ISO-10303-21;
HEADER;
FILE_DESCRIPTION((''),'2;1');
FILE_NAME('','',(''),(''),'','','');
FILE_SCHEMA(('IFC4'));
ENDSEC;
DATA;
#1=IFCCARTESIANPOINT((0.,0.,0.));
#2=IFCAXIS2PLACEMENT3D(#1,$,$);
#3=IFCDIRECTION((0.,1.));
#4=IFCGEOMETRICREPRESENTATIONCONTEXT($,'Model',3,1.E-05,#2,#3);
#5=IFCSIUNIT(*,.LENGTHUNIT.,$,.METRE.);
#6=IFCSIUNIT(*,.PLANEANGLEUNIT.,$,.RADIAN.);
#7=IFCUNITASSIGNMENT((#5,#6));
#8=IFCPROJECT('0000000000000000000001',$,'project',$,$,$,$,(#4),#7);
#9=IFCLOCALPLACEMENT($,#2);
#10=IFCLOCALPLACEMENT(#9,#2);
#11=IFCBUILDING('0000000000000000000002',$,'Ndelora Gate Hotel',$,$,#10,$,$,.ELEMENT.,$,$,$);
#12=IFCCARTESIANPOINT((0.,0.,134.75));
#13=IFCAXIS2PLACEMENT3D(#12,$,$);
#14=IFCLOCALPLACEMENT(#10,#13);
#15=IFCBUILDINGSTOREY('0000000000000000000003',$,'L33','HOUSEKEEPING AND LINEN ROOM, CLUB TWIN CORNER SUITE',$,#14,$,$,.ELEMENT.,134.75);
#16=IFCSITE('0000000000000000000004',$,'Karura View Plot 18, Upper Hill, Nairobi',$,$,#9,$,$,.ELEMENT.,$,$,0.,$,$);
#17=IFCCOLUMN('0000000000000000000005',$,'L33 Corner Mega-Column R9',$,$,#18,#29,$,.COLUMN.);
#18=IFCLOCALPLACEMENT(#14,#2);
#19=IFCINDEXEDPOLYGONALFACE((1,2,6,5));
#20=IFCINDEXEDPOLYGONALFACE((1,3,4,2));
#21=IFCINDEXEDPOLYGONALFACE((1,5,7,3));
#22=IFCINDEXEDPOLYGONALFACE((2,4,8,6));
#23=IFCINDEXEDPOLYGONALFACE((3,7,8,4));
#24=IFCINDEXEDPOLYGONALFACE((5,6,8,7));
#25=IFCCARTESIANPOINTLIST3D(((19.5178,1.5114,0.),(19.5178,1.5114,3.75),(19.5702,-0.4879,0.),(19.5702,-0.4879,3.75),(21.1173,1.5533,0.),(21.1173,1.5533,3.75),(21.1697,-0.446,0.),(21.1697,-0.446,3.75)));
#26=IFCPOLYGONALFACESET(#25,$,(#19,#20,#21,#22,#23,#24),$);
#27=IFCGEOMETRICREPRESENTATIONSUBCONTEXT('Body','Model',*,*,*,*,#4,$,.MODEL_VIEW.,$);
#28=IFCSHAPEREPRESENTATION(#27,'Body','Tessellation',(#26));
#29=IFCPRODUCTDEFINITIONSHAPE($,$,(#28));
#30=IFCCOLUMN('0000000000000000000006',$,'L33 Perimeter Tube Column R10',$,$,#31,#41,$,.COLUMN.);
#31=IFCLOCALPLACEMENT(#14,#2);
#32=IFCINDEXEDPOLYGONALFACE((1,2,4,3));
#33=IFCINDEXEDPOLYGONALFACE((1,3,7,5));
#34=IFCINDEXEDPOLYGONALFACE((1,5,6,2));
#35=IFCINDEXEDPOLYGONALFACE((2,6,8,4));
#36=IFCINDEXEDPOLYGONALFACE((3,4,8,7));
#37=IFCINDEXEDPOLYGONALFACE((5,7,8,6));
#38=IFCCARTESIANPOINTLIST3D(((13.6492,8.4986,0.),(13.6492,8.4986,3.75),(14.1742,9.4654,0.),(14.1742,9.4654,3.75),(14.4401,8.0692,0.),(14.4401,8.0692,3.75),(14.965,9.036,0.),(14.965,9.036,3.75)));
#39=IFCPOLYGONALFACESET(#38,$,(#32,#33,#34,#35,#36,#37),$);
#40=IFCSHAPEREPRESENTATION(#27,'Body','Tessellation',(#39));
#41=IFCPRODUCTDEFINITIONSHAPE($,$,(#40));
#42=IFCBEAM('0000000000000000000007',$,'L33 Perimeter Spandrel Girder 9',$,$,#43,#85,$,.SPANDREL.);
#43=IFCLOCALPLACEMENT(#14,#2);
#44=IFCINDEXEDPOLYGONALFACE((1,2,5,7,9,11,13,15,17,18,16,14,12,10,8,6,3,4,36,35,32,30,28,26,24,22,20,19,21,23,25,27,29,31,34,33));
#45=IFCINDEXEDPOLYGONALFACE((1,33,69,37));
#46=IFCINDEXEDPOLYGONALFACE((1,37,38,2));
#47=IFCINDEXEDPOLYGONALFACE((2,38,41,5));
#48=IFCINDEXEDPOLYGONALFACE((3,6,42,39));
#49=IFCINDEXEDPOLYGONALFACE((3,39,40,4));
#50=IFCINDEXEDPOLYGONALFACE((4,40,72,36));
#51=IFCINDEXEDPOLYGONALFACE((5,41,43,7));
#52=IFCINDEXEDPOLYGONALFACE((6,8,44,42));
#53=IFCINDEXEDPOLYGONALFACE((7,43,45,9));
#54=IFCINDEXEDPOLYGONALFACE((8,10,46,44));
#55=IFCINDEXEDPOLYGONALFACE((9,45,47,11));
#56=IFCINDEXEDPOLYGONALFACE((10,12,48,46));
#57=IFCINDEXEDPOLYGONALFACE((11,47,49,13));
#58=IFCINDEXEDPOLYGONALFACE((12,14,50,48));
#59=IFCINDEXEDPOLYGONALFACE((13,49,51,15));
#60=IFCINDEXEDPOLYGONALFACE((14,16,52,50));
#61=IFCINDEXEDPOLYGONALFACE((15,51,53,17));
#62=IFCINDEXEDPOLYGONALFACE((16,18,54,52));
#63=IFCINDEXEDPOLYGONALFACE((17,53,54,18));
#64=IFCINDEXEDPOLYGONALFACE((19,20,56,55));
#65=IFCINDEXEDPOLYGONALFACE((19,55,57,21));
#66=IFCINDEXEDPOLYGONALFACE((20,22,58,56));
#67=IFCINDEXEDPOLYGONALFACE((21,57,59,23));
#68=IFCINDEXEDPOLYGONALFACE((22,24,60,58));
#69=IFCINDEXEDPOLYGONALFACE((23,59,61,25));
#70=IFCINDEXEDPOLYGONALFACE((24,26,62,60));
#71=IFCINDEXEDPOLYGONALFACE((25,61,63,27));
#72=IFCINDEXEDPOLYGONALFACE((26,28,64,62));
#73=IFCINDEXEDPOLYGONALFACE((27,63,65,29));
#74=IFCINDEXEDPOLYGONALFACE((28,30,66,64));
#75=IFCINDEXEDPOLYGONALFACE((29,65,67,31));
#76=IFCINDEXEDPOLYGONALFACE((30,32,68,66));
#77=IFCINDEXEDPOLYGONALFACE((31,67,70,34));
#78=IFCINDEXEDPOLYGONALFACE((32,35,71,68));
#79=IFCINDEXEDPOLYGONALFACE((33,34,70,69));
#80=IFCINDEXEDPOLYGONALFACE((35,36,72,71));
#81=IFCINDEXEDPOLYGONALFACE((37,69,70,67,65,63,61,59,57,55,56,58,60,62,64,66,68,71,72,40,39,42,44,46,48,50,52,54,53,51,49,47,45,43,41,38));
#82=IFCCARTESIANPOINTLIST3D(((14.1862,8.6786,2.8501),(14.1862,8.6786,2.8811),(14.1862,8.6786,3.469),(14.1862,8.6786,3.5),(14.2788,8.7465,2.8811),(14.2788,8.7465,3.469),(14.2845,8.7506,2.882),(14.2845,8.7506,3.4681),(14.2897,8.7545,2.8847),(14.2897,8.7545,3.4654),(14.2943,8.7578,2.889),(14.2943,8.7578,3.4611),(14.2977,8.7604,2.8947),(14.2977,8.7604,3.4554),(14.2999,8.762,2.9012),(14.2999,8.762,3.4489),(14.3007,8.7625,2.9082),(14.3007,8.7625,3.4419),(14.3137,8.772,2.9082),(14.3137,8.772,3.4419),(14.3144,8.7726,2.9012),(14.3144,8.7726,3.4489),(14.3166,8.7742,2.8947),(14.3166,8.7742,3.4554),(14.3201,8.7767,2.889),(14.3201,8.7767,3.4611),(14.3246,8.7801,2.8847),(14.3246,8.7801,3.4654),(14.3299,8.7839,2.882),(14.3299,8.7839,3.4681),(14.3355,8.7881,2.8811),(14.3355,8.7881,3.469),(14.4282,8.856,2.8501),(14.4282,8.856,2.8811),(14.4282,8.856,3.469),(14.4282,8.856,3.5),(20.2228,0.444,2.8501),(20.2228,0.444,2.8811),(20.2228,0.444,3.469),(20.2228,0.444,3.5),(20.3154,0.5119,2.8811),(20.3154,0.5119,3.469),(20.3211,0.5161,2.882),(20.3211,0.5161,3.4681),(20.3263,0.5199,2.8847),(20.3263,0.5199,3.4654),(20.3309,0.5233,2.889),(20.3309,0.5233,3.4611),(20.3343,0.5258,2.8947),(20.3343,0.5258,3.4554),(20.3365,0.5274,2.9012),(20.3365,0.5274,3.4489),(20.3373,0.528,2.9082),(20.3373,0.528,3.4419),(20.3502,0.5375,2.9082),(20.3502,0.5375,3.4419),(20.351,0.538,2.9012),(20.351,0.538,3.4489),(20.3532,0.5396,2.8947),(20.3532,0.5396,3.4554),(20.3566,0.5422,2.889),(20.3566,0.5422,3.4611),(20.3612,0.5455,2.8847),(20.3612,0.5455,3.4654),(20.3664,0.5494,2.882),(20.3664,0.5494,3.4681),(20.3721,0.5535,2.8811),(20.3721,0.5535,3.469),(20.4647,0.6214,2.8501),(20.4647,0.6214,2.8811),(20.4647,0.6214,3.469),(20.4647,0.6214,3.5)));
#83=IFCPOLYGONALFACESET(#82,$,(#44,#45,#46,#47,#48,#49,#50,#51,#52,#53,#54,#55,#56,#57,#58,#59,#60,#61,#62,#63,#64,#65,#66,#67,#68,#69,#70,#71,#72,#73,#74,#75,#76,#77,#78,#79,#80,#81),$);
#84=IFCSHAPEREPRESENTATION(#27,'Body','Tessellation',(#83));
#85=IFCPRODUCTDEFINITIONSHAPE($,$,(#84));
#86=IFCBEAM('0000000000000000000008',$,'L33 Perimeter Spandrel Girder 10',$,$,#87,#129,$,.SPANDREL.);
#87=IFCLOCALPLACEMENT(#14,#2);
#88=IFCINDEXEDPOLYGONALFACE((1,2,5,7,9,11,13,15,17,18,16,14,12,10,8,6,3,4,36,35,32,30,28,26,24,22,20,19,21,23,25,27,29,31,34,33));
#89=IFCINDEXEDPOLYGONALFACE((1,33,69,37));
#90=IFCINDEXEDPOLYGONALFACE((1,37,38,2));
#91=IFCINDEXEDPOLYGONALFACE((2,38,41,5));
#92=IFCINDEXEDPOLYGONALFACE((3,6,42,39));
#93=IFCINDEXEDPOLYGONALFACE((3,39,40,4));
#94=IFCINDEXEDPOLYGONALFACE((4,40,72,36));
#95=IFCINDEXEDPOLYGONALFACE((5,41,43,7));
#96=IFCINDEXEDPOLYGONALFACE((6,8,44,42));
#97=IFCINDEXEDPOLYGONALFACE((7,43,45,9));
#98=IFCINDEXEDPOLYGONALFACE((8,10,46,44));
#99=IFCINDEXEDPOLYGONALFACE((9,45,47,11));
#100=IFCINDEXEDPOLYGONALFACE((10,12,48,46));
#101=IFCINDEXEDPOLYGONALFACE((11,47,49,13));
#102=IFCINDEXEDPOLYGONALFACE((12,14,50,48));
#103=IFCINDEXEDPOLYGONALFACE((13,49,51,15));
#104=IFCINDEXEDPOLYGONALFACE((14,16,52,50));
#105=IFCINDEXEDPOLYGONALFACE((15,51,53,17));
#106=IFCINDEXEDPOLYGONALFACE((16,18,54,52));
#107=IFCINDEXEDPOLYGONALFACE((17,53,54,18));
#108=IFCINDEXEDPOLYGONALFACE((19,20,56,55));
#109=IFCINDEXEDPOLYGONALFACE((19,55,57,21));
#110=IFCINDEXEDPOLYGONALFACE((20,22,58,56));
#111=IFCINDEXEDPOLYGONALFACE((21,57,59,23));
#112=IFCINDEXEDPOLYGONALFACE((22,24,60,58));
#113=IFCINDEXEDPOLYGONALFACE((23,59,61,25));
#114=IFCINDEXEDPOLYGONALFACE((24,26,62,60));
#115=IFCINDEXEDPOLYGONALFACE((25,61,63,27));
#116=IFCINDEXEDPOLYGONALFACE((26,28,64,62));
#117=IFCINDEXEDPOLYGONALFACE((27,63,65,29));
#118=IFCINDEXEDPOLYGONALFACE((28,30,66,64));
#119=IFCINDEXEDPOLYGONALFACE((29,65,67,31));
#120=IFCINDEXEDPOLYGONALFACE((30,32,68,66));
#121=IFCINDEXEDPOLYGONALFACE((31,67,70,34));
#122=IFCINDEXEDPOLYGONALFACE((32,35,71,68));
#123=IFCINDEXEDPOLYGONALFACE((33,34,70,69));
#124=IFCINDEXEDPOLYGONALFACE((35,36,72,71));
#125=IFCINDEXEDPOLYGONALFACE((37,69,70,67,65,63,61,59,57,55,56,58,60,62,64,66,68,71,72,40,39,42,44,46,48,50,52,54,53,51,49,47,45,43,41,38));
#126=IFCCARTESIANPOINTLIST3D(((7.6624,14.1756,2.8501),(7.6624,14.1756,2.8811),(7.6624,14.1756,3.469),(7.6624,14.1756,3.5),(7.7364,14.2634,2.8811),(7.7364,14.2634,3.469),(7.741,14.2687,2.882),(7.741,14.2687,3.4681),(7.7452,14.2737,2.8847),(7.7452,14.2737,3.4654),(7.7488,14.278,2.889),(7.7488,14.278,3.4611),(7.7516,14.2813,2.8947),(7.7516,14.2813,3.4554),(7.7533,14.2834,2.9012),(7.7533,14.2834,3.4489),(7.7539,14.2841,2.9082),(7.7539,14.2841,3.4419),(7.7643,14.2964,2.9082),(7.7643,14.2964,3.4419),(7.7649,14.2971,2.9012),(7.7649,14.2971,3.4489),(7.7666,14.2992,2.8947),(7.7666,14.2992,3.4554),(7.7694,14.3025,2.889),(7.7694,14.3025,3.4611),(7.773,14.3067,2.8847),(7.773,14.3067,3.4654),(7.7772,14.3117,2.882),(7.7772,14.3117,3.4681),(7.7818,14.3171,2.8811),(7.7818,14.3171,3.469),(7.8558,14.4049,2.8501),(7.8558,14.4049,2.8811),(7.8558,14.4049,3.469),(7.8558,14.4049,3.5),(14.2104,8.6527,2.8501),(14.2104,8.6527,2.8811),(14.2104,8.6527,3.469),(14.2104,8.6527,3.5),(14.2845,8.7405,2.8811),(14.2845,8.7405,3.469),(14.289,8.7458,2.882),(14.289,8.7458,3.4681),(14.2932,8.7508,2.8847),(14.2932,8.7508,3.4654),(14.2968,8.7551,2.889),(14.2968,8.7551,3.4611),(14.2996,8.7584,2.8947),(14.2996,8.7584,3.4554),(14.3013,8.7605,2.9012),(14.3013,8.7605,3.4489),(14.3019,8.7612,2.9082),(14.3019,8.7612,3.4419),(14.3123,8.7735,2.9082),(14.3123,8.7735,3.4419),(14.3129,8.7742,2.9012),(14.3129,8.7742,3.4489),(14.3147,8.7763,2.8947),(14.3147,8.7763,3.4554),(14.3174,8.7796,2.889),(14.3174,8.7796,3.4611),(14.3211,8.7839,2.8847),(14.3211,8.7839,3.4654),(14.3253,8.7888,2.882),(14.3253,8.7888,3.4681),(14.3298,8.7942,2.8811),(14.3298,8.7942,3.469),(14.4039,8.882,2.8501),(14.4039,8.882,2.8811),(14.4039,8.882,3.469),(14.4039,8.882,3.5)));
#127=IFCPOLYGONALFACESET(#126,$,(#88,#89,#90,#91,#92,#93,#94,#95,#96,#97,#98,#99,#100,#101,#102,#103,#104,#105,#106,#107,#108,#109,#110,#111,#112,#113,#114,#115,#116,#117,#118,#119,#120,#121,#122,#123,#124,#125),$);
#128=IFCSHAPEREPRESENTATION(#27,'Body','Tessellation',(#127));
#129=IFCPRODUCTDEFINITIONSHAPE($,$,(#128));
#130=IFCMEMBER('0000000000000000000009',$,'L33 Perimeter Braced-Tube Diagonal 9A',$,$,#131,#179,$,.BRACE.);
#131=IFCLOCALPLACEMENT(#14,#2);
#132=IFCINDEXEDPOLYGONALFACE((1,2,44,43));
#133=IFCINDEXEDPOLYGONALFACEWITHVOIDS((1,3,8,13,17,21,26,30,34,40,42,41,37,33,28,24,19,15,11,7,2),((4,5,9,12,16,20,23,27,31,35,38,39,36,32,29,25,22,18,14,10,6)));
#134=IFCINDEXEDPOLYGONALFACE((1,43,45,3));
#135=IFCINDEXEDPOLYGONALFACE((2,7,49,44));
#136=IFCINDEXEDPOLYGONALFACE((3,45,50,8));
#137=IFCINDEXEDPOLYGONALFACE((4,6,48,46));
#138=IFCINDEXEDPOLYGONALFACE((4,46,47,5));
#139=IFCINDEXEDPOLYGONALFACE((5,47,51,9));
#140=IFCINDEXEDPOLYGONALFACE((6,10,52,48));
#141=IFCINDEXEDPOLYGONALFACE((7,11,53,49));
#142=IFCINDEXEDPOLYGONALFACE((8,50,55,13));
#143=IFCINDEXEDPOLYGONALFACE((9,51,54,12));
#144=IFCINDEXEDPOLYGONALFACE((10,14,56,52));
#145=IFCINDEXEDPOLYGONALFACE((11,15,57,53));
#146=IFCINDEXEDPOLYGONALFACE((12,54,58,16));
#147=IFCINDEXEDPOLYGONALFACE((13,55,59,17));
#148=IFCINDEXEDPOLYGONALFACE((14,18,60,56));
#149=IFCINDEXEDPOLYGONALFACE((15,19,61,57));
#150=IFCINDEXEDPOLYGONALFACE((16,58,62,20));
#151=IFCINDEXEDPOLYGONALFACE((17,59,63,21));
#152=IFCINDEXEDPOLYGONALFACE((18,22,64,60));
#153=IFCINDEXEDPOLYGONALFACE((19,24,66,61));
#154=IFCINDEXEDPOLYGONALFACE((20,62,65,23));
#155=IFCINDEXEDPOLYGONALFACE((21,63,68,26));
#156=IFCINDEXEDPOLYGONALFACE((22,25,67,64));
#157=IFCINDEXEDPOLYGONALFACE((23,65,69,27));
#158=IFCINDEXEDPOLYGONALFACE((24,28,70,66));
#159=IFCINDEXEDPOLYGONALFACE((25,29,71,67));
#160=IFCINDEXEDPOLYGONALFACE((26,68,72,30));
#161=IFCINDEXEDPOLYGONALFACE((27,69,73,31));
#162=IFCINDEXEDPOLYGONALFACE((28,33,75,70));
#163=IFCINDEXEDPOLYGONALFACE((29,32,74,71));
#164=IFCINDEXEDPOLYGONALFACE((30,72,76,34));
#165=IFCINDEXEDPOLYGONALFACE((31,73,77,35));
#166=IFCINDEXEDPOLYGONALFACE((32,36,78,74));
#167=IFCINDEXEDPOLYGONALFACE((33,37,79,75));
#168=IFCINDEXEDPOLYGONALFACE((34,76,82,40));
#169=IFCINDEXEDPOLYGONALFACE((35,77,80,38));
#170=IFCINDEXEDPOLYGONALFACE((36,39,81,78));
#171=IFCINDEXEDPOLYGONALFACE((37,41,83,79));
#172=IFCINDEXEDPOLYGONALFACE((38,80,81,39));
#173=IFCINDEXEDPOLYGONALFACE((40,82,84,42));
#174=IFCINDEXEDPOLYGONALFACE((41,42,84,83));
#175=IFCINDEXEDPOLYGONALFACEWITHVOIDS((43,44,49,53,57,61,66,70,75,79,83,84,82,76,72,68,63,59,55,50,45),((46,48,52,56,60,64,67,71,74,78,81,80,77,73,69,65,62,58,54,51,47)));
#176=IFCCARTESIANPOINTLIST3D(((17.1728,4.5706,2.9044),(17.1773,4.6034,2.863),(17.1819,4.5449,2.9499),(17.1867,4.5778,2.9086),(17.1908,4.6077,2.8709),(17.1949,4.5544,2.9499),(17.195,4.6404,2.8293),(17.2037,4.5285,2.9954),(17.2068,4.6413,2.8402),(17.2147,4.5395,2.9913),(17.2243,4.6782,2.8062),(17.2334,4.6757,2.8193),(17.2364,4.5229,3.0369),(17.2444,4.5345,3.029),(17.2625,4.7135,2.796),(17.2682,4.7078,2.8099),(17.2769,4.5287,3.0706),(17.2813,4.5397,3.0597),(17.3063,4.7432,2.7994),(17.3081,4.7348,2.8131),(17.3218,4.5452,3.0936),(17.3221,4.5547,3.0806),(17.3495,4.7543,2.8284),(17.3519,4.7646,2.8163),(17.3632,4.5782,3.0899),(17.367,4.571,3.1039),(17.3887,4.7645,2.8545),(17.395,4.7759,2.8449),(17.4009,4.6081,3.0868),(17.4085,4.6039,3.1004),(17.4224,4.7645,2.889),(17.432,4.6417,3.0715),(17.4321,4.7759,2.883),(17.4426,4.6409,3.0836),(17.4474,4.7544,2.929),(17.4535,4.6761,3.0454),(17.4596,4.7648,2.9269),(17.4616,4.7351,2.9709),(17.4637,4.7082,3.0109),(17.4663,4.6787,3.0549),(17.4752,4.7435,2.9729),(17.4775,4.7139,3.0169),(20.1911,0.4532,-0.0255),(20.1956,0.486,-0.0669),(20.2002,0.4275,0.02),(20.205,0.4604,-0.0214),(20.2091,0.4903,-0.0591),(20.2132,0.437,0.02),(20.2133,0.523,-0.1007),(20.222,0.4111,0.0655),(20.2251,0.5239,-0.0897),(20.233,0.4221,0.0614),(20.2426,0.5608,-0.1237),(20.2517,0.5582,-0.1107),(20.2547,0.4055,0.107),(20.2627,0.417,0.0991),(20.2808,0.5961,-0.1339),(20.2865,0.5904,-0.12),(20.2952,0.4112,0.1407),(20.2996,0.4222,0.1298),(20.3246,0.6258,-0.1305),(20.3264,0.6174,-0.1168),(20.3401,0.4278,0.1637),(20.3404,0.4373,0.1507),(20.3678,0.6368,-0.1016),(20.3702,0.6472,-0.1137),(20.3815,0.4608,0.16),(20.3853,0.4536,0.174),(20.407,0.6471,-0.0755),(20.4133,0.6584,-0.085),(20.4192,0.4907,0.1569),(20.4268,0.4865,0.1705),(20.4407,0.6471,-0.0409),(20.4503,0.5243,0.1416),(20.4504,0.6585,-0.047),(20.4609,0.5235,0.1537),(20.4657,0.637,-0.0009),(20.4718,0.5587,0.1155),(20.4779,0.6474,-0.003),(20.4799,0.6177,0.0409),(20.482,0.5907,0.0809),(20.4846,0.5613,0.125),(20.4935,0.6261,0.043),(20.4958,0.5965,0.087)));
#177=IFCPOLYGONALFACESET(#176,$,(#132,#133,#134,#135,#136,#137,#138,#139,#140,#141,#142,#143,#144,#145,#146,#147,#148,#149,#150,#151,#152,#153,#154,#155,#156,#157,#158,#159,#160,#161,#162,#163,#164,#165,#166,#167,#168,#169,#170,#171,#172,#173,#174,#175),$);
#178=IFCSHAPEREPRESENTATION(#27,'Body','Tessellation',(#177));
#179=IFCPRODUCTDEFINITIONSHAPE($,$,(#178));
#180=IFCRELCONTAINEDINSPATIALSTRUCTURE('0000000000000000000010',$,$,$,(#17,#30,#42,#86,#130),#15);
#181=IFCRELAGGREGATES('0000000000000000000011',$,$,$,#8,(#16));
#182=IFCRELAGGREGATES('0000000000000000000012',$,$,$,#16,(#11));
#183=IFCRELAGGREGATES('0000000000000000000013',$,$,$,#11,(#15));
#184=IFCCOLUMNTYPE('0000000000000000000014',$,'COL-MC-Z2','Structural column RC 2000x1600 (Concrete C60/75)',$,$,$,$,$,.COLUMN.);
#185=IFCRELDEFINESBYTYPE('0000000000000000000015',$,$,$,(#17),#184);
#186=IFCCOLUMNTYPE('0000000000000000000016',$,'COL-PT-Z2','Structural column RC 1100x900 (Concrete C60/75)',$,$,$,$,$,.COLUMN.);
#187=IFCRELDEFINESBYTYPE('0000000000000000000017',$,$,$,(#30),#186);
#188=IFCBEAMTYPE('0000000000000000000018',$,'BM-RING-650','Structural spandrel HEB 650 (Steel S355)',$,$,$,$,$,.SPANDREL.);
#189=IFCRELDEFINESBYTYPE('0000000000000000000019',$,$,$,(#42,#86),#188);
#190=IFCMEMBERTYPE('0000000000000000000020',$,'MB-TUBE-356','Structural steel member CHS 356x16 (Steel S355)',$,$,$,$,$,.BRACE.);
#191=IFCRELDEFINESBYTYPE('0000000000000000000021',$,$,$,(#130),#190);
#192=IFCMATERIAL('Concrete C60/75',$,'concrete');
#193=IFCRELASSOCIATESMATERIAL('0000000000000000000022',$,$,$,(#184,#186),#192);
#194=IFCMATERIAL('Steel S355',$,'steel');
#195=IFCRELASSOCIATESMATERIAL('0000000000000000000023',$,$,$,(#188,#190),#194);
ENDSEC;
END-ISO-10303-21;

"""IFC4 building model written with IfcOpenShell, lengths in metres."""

from ifc_helpers import new_model, si_unit, direction, frame, origin, origin_2d, place, context, subcontext, project, spatial, rectangle, hollow_circle, i_section, extrude, material, material_profile, profile_set, type_object, element, save


model = new_model("IFC4")

# Units and contexts
model_context = context("Model", 3, precision=1e-05, world=origin(), true_north=direction((0.0, 1.0)))
body_context = subcontext(model_context, "Body", "Model", "MODEL_VIEW")
ifc_project = project(units=[si_unit("LENGTHUNIT", "METRE"), si_unit("PLANEANGLEUNIT", "RADIAN")], contexts=[model_context])

# Site, building, storey
site_placement = place(None, origin())
site = spatial("IfcSite", under=ifc_project, at=site_placement, Name="Karura View Plot 18, Upper Hill, Nairobi", CompositionType="ELEMENT", RefElevation=0.0)
building_placement = place(site_placement, origin())
building = spatial("IfcBuilding", under=site, at=building_placement, Name="Ndelora Gate Hotel", CompositionType="ELEMENT")
storey_placement = place(building_placement, frame((0.0, 0.0, 134.75)))
storey = spatial("IfcBuildingStorey", under=building, at=storey_placement, Name="L33", Description="HOUSEKEEPING AND LINEN ROOM, CLUB TWIN CORNER SUITE", CompositionType="ELEMENT", Elevation=134.75)

# Columns
ifc_material_1 = material(Name="Concrete C60/75", Category="concrete")
ifc_material_profile_1 = material_profile(ifc_material_1, rectangle(XDim=1.6001, YDim=2.0, at=origin_2d()), Name="RC 2000x1600")
ifc_profile_set_1 = profile_set([ifc_material_profile_1], Name="Concrete C60/75")
column_type_1 = type_object("IfcColumnType", Name="COL-MC-Z2", Description="Structural column RC 2000x1600 (Concrete C60/75)", PredefinedType="COLUMN", material=ifc_profile_set_1)
column_1_placement = place(storey_placement, frame((20.3438, 0.5327, 0.0), z_axis=(0.0, 0.0, 1.0), x_axis=(0.999657, 0.026177, 0.0)))
element("IfcColumn", 1, at=column_1_placement, inside=storey, type_object=column_type_1, Name="L33 Corner Mega-Column R9", PredefinedType="COLUMN", context=body_context, shape_type="SweptSolid", body=[
    extrude(rectangle(XDim=1.6001, YDim=2.0, at=origin_2d()), origin(), (0.0, 0.0, 1.0), 3.75),
])
ifc_material_profile_2 = material_profile(ifc_material_1, rectangle(XDim=0.8999, YDim=1.1001, at=origin_2d()), Name="RC 1100x900")
ifc_profile_set_2 = profile_set([ifc_material_profile_2], Name="Concrete C60/75")
column_type_2 = type_object("IfcColumnType", Name="COL-PT-Z2", Description="Structural column RC 1100x900 (Concrete C60/75)", PredefinedType="COLUMN", material=ifc_profile_set_2)
column_2_placement = place(storey_placement, frame((14.3071, 8.7673, 0.0), z_axis=(0.0, 0.0, 1.0), x_axis=(-0.878817, 0.477159, 0.0)))
element("IfcColumn", 2, at=column_2_placement, inside=storey, type_object=column_type_2, Name="L33 Perimeter Tube Column R10", PredefinedType="COLUMN", context=body_context, shape_type="SweptSolid", body=[
    extrude(rectangle(XDim=0.8999, YDim=1.1001, at=origin_2d()), origin(), (0.0, 0.0, 1.0), 3.75),
])

# Beams
ifc_material_2 = material(Name="Steel S355", Category="steel")
ifc_material_profile_3 = material_profile(ifc_material_2, i_section(OverallWidth=0.3, OverallDepth=0.6499, WebThickness=0.0161, FlangeThickness=0.031, FilletRadius=0.0271, at=origin_2d()), Name="HEB 650")
ifc_profile_set_3 = profile_set([ifc_material_profile_3], Name="Steel S355")
beam_type = type_object("IfcBeamType", Name="BM-RING-650", Description="Structural spandrel HEB 650 (Steel S355)", PredefinedType="SPANDREL", material=ifc_profile_set_3)
beam_1_placement = place(storey_placement, frame((20.3438, 0.5327, 3.175), z_axis=(-0.59123, 0.806503, 0.0), x_axis=(-0.806503, -0.59123, 0.0)))
element("IfcBeam", 3, at=beam_1_placement, inside=storey, type_object=beam_type, Name="L33 Perimeter Spandrel Girder 9", PredefinedType="SPANDREL", context=body_context, shape_type="SweptSolid", body=[
    extrude(i_section(OverallWidth=0.3, OverallDepth=0.6499, WebThickness=0.0161, FlangeThickness=0.031, FilletRadius=0.0271, at=origin_2d()), origin(), (0.0, 0.0, 1.0), 10.2102),
])
beam_2_placement = place(storey_placement, frame((14.3071, 8.7673, 3.175), z_axis=(-0.764407, 0.644734, 0.0), x_axis=(-0.644734, -0.764407, 0.0)))
element("IfcBeam", 4, at=beam_2_placement, inside=storey, type_object=beam_type, Name="L33 Perimeter Spandrel Girder 10", PredefinedType="SPANDREL", context=body_context, shape_type="SweptSolid", body=[
    extrude(i_section(OverallWidth=0.3, OverallDepth=0.6499, WebThickness=0.0161, FlangeThickness=0.031, FilletRadius=0.0271, at=origin_2d()), origin(), (0.0, 0.0, 1.0), 8.5662),
])

# Member
ifc_material_profile_4 = material_profile(ifc_material_2, hollow_circle(Radius=0.178, WallThickness=0.0161, at=origin_2d()), Name="CHS 356x16")
ifc_profile_set_4 = profile_set([ifc_material_profile_4], Name="Steel S355")
member_type = type_object("IfcMemberType", Name="MB-TUBE-356", Description="Structural steel member CHS 356x16 (Steel S355)", PredefinedType="BRACE", material=ifc_profile_set_4)
member_1_placement = place(storey_placement, frame((20.3438, 0.5327, 0.02), z_axis=(-0.512773, 0.6995, 0.497759), x_axis=(-0.806511, -0.591219, 0.0)))
element("IfcMember", 5, at=member_1_placement, inside=storey, type_object=member_type, Name="L33 Perimeter Braced-Tube Diagonal 9A", PredefinedType="BRACE", context=body_context, shape_type="SweptSolid", body=[
    extrude(hollow_circle(Radius=0.178, WallThickness=0.0161, at=origin_2d()), origin(), (0.0, 0.0, 1.0), 5.8862),
])

save(model, "model.ifc")
